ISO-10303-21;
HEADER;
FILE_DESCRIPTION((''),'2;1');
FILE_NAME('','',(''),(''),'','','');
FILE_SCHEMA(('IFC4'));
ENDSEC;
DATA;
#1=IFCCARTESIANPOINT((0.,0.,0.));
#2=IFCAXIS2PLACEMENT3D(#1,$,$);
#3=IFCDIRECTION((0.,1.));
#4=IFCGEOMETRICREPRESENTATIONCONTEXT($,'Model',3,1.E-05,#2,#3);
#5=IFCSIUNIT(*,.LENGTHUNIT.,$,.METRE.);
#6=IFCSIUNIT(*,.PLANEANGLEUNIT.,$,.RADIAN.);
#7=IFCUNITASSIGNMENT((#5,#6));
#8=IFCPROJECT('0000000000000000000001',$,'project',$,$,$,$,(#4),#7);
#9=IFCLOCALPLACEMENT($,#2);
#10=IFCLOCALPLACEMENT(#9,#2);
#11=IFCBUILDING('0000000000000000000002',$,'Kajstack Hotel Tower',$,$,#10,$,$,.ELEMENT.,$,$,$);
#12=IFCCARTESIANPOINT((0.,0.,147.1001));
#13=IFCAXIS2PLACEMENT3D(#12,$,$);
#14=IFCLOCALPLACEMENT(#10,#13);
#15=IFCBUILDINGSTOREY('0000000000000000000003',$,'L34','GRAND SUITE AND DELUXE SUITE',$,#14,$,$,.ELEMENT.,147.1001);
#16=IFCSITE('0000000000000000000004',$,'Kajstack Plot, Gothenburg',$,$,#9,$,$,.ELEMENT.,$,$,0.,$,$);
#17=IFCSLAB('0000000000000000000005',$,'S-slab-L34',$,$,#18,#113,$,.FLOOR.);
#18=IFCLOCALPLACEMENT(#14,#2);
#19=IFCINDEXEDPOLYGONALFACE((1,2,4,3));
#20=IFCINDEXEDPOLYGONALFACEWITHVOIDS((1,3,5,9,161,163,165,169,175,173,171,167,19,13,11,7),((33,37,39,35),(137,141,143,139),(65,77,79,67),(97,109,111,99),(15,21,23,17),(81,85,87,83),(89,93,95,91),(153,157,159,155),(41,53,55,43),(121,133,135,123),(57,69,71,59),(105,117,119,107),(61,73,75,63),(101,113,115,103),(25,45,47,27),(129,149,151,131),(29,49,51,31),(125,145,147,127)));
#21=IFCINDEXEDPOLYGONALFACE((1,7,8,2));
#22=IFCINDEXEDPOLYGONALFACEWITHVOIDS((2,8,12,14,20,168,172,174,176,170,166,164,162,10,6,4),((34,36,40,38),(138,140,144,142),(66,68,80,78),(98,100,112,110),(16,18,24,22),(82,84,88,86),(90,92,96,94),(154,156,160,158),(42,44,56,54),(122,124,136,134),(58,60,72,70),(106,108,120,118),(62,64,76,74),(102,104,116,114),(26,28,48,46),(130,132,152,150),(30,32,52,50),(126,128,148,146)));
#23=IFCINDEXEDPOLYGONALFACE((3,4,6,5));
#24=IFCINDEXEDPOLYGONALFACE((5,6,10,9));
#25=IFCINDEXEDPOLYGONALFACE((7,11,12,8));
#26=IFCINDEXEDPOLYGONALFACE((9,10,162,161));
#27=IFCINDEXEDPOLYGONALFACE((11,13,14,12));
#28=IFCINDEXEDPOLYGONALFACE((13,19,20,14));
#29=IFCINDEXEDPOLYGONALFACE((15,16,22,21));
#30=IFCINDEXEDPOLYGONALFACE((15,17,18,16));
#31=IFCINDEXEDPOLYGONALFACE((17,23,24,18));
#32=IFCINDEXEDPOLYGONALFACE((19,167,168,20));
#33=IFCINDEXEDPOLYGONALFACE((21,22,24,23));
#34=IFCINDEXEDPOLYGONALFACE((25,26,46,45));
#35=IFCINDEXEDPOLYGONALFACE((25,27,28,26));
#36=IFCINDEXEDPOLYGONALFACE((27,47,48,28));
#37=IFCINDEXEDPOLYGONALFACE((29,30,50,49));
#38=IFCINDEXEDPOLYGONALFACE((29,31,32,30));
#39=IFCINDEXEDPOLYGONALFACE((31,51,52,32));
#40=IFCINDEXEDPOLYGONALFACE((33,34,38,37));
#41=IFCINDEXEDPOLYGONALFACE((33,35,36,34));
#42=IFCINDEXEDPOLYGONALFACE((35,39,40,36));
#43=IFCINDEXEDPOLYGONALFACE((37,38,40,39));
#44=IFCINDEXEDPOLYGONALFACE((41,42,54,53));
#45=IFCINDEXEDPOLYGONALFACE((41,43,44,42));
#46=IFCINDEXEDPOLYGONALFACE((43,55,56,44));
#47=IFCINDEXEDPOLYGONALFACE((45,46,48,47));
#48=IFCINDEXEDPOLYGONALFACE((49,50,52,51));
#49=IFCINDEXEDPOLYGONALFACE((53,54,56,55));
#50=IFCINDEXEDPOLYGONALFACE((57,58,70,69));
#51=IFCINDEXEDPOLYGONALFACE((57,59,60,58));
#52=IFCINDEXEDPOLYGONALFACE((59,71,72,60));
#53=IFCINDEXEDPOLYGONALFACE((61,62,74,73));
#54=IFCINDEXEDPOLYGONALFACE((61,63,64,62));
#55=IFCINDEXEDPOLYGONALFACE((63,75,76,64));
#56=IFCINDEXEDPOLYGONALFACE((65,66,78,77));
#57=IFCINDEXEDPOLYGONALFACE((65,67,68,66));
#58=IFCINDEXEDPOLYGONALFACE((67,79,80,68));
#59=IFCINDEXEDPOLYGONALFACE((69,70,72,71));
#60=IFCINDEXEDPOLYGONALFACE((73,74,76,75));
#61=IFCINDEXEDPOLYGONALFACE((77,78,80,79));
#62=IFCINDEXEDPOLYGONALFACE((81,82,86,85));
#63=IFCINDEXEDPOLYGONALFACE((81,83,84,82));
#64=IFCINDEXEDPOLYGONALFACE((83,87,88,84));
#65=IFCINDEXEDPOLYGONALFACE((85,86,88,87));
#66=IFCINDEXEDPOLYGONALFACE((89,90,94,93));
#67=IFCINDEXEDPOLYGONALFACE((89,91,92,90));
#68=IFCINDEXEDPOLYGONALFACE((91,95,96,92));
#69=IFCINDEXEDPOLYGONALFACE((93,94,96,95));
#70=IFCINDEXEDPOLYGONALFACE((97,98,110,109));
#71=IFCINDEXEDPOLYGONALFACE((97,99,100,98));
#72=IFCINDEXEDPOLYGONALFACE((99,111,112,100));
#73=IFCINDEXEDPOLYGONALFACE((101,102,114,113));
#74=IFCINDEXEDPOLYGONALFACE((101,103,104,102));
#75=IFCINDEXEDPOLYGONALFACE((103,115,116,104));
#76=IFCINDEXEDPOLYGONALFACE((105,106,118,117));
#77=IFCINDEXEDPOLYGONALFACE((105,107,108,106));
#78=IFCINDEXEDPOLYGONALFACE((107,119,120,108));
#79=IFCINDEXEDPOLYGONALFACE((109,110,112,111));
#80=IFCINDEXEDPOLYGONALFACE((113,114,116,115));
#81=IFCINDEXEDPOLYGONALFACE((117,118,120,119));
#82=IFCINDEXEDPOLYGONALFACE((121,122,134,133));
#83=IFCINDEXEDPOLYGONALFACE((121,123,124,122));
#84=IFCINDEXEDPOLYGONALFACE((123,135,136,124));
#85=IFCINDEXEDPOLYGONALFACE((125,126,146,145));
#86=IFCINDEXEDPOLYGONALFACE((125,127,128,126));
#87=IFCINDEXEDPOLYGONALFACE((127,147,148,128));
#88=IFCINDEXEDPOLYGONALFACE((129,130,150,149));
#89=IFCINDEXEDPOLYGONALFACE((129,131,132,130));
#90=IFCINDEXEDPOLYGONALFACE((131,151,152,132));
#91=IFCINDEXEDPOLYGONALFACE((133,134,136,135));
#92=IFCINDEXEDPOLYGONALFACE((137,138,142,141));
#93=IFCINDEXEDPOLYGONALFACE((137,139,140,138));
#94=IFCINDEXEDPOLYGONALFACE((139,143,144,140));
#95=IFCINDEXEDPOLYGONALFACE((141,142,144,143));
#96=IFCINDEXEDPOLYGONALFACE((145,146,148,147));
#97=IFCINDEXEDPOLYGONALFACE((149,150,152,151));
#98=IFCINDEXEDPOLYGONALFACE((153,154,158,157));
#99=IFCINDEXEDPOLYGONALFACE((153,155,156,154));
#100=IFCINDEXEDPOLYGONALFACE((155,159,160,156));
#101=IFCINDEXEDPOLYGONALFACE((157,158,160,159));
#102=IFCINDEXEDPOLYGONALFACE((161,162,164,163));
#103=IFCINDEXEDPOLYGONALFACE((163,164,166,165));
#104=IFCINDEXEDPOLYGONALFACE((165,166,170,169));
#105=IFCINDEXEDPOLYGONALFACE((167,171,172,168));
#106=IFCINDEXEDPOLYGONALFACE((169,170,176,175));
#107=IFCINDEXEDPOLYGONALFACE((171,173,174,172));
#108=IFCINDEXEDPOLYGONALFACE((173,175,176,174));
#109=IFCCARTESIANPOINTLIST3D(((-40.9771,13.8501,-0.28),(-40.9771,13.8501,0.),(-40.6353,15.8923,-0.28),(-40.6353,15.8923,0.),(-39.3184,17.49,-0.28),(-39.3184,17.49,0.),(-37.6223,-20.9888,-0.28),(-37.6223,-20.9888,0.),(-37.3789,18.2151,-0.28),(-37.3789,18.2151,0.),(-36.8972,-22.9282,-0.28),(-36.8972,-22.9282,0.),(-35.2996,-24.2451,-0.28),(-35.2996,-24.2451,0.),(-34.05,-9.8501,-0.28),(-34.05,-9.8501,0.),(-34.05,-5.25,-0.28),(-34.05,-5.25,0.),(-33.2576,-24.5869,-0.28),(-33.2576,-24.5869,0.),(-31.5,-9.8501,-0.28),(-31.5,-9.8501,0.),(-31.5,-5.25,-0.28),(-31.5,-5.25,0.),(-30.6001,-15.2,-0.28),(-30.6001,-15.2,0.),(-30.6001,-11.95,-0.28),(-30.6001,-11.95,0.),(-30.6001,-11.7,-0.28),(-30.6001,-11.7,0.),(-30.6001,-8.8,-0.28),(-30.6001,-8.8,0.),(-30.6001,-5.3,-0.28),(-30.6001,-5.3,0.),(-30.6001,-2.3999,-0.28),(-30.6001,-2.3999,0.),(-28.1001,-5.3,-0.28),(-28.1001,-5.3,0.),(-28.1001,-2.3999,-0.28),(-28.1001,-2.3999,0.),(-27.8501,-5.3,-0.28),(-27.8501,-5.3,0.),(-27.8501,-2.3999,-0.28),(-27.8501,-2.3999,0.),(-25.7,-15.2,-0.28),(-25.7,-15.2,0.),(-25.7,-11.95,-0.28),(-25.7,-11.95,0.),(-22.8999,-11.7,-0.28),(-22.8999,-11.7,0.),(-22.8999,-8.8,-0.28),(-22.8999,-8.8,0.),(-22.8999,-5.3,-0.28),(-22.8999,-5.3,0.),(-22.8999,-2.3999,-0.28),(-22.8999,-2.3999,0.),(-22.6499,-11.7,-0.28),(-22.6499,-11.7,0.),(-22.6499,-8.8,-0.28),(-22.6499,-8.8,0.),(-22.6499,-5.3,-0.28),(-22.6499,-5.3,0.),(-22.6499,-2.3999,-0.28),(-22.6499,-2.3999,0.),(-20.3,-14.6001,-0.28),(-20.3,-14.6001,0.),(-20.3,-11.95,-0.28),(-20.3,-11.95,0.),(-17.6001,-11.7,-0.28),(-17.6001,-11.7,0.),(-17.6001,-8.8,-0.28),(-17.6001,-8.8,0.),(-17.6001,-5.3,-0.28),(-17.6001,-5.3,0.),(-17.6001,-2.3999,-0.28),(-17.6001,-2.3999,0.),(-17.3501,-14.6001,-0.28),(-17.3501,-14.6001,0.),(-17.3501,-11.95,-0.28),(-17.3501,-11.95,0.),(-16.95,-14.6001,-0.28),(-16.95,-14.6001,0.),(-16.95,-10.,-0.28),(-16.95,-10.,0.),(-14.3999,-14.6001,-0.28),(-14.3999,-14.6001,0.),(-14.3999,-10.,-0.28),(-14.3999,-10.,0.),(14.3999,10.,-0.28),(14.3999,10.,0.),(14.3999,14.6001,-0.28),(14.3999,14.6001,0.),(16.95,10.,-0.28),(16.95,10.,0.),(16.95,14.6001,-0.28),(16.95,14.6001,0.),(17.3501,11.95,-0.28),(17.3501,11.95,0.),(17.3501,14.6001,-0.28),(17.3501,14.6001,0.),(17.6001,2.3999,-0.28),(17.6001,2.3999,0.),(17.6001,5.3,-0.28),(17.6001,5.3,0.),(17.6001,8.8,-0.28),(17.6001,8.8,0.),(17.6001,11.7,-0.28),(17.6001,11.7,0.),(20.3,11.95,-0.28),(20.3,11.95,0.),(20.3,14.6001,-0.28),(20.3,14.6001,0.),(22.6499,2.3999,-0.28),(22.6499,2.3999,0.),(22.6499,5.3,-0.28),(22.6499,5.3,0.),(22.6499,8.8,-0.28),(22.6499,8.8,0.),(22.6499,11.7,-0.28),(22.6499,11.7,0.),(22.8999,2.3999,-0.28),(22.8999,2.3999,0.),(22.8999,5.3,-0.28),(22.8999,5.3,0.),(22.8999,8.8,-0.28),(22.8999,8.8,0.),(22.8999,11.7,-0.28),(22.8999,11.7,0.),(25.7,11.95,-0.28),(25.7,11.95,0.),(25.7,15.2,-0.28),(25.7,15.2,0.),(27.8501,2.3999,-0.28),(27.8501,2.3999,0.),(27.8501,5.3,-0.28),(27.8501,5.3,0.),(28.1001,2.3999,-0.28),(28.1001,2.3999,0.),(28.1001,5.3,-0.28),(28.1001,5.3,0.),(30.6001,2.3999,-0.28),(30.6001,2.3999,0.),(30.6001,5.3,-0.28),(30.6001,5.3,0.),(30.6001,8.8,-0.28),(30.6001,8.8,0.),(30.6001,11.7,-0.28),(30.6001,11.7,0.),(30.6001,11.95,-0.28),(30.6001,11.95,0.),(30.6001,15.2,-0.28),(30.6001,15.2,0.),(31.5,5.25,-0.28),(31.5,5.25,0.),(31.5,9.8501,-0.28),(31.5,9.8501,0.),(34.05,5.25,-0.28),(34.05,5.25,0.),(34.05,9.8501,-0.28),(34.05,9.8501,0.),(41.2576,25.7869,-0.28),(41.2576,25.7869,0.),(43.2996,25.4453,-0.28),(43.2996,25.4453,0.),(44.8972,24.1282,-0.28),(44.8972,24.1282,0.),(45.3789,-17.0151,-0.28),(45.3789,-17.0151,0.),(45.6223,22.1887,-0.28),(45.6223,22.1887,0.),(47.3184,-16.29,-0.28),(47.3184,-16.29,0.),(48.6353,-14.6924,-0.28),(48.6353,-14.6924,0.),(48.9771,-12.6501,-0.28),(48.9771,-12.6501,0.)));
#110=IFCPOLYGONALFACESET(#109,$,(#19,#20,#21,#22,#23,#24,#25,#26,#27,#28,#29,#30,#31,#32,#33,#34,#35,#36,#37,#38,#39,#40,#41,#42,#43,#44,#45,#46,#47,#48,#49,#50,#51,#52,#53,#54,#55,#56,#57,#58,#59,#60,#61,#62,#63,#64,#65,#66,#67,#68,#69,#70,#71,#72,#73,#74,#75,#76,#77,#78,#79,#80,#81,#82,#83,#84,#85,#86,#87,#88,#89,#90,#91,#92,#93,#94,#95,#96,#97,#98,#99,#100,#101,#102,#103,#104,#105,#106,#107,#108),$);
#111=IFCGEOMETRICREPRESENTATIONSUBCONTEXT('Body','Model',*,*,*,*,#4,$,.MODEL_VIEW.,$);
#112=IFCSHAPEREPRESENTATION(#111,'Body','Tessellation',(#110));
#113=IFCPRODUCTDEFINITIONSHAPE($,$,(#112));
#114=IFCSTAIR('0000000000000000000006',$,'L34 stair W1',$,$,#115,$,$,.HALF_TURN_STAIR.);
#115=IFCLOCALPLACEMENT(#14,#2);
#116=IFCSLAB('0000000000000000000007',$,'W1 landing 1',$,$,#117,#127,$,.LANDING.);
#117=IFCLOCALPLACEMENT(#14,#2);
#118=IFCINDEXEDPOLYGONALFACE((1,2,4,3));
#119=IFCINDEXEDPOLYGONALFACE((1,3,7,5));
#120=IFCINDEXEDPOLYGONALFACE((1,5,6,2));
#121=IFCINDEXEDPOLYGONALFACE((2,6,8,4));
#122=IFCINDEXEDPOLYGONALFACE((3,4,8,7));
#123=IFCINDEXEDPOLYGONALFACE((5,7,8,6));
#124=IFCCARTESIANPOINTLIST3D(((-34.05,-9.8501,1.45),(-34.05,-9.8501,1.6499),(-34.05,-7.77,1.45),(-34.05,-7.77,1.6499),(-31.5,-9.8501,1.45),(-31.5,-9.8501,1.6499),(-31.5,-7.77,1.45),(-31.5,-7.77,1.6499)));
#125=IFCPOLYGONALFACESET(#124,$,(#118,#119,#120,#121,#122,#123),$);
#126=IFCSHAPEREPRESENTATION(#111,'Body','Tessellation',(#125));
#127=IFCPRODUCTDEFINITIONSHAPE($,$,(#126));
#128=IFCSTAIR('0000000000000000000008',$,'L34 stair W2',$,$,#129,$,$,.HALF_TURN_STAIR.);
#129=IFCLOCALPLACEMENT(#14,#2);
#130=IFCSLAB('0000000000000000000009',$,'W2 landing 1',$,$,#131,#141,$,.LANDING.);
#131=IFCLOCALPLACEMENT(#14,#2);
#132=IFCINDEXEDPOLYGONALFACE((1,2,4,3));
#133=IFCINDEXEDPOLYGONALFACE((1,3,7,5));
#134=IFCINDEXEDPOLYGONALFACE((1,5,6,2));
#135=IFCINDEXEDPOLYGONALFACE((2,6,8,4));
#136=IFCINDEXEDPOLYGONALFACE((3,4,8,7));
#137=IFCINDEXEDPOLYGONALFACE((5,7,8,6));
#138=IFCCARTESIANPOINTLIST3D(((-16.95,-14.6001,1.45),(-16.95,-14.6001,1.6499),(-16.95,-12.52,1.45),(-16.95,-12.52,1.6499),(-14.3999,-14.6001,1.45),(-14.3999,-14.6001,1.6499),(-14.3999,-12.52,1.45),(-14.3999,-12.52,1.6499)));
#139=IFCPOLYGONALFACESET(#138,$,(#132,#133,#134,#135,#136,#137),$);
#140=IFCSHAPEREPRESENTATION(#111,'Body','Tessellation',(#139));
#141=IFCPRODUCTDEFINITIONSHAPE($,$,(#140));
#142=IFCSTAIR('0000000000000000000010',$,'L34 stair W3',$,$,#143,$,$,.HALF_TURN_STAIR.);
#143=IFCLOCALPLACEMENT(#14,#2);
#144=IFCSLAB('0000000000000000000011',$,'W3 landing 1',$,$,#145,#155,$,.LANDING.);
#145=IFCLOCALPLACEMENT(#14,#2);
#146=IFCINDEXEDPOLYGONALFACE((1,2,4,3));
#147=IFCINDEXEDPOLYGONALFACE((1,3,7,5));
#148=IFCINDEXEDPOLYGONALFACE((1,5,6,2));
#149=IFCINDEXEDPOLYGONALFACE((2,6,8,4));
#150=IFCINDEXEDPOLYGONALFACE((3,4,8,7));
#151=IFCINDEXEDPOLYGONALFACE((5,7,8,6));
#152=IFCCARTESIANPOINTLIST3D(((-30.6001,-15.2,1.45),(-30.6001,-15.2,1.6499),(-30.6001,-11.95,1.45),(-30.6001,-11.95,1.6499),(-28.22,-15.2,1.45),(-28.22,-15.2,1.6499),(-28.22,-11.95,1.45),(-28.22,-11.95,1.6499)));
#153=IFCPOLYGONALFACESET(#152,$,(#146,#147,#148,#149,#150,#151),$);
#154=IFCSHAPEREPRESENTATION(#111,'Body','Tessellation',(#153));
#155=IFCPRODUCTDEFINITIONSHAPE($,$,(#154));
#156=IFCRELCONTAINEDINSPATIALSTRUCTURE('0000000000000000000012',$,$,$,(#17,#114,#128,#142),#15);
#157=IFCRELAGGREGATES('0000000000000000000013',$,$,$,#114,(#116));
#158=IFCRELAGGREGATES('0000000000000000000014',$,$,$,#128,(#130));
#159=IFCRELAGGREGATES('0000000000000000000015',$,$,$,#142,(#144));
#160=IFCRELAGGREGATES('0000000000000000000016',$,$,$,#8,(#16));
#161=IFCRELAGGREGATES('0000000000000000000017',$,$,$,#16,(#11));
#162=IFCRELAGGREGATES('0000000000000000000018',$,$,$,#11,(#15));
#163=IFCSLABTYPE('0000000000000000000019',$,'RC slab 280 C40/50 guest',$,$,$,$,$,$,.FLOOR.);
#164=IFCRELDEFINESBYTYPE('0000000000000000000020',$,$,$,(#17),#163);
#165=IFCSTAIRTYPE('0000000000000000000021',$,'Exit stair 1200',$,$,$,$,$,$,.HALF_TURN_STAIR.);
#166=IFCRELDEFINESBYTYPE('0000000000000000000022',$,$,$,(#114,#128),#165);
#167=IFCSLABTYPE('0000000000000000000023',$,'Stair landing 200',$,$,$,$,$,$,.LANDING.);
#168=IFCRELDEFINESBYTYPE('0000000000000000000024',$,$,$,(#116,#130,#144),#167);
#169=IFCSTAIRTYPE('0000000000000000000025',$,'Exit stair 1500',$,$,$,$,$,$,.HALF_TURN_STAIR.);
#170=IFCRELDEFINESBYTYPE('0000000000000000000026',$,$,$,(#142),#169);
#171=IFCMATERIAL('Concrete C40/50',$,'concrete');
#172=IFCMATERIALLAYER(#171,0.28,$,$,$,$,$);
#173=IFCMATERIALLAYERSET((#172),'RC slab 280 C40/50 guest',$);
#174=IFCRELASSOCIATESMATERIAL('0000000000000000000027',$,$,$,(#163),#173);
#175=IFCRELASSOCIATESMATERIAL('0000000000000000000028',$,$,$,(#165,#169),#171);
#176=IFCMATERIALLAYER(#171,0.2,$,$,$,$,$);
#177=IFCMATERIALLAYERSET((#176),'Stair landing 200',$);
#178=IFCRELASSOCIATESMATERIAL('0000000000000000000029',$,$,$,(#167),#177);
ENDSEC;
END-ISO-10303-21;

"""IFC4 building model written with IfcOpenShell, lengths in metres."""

from ifc_helpers import new_model, si_unit, direction, frame, origin, place, context, subcontext, project, spatial, polyline, outline, extrude, material, layer, layer_set, type_object, element, aggregate, save


model = new_model("IFC4")

# Units and contexts
model_context = context("Model", 3, precision=1e-05, world=origin(), true_north=direction((0.0, 1.0)))
body_context = subcontext(model_context, "Body", "Model", "MODEL_VIEW")
ifc_project = project(units=[si_unit("LENGTHUNIT", "METRE"), si_unit("PLANEANGLEUNIT", "RADIAN")], contexts=[model_context])

# Site, building, storey
site_placement = place(None, origin())
site = spatial("IfcSite", under=ifc_project, at=site_placement, Name="Kajstack Plot, Gothenburg", CompositionType="ELEMENT", RefElevation=0.0)
building_placement = place(site_placement, origin())
building = spatial("IfcBuilding", under=site, at=building_placement, Name="Kajstack Hotel Tower", CompositionType="ELEMENT")
storey_placement = place(building_placement, frame((0.0, 0.0, 147.1001)))
storey = spatial("IfcBuildingStorey", under=building, at=storey_placement, Name="L34", Description="GRAND SUITE AND DELUXE SUITE", CompositionType="ELEMENT", Elevation=147.1001)

# Slab
ifc_material_1 = material(Name="Concrete C40/50", Category="concrete")
ifc_layer_1 = layer(ifc_material_1, 0.28)
ifc_layer_set_1 = layer_set([ifc_layer_1], Name="RC slab 280 C40/50 guest")
slab_type_1 = type_object("IfcSlabType", Name="RC slab 280 C40/50 guest", PredefinedType="FLOOR", material=ifc_layer_set_1)
slab_1_placement = place(storey_placement, frame((0.0, 0.0, -0.28)))
element("IfcSlab", 1, at=slab_1_placement, inside=storey, type_object=slab_type_1, Name="S-slab-L34", PredefinedType="FLOOR", context=body_context, shape_type="SweptSolid", body=[
    extrude(outline(polyline([(-40.9771, 13.8501), (-37.6223, -20.9888), (-36.8972, -22.9282), (-35.2996, -24.2451), (-33.2576, -24.5869), (45.3789, -17.0151), (47.3184, -16.29), (48.6353, -14.6924), (48.9771, -12.6501), (45.6223, 22.1887), (44.8972, 24.1282), (43.2996, 25.4453), (41.2576, 25.7869), (-37.3789, 18.2151), (-39.3184, 17.49), (-40.6353, 15.8923), (-40.9771, 13.8501)]), holes=[polyline([(-30.6001, -11.7), (-30.6001, -8.8), (-22.8999, -8.8), (-22.8999, -11.7), (-30.6001, -11.7)]), polyline([(-22.6499, -11.7), (-22.6499, -8.8), (-17.6001, -8.8), (-17.6001, -11.7), (-22.6499, -11.7)]), polyline([(-27.8501, -5.3), (-27.8501, -2.3999), (-22.8999, -2.3999), (-22.8999, -5.3), (-27.8501, -5.3)]), polyline([(-22.6499, -5.3), (-22.6499, -2.3999), (-17.6001, -2.3999), (-17.6001, -5.3), (-22.6499, -5.3)]), polyline([(-20.3, -14.6001), (-17.3501, -14.6001), (-17.3501, -11.95), (-20.3, -11.95), (-20.3, -14.6001)]), polyline([(-30.6001, -5.3), (-28.1001, -5.3), (-28.1001, -2.3999), (-30.6001, -2.3999), (-30.6001, -5.3)]), polyline([(22.8999, 8.8), (22.8999, 11.7), (30.6001, 11.7), (30.6001, 8.8), (22.8999, 8.8)]), polyline([(17.6001, 8.8), (17.6001, 11.7), (22.6499, 11.7), (22.6499, 8.8), (17.6001, 8.8)]), polyline([(22.8999, 2.3999), (22.8999, 5.3), (27.8501, 5.3), (27.8501, 2.3999), (22.8999, 2.3999)]), polyline([(17.6001, 2.3999), (17.6001, 5.3), (22.6499, 5.3), (22.6499, 2.3999), (17.6001, 2.3999)]), polyline([(20.3, 14.6001), (17.3501, 14.6001), (17.3501, 11.95), (20.3, 11.95), (20.3, 14.6001)]), polyline([(30.6001, 5.3), (28.1001, 5.3), (28.1001, 2.3999), (30.6001, 2.3999), (30.6001, 5.3)]), polyline([(-34.05, -9.8501), (-31.5, -9.8501), (-31.5, -5.25), (-34.05, -5.25), (-34.05, -9.8501)]), polyline([(-16.95, -14.6001), (-14.3999, -14.6001), (-14.3999, -10.0), (-16.95, -10.0), (-16.95, -14.6001)]), polyline([(-30.6001, -15.2), (-25.7, -15.2), (-25.7, -11.95), (-30.6001, -11.95), (-30.6001, -15.2)]), polyline([(34.05, 9.8501), (31.5, 9.8501), (31.5, 5.25), (34.05, 5.25), (34.05, 9.8501)]), polyline([(16.95, 14.6001), (14.3999, 14.6001), (14.3999, 10.0), (16.95, 10.0), (16.95, 14.6001)]), polyline([(30.6001, 15.2), (25.7, 15.2), (25.7, 11.95), (30.6001, 11.95), (30.6001, 15.2)])]), origin(), (0.0, 0.0, 1.0), 0.28),
])

# Stairs, slabs
stair_type_1 = type_object("IfcStairType", Name="Exit stair 1200", PredefinedType="HALF_TURN_STAIR", material=ifc_material_1)
stair_1_placement = place(storey_placement, origin())
stair_1 = element("IfcStair", 2, at=stair_1_placement, inside=storey, type_object=stair_type_1, Name="L34 stair W1", PredefinedType="HALF_TURN_STAIR")
ifc_layer_2 = layer(ifc_material_1, 0.2)
ifc_layer_set_2 = layer_set([ifc_layer_2], Name="Stair landing 200")
slab_type_2 = type_object("IfcSlabType", Name="Stair landing 200", PredefinedType="LANDING", material=ifc_layer_set_2)
slab_2_placement = place(storey_placement, frame((0.0, 0.0, 1.45)))
slab_2 = element("IfcSlab", 3, at=slab_2_placement, type_object=slab_type_2, Name="W1 landing 1", PredefinedType="LANDING", context=body_context, shape_type="SweptSolid", body=[
    extrude(outline(polyline([(-34.05, -7.77), (-34.05, -9.8501), (-31.5, -9.8501), (-31.5, -7.77), (-34.05, -7.77)])), origin(), (0.0, 0.0, 1.0), 0.2),
])
aggregate(stair_1, [slab_2])
stair_2_placement = place(storey_placement, origin())
stair_2 = element("IfcStair", 4, at=stair_2_placement, inside=storey, type_object=stair_type_1, Name="L34 stair W2", PredefinedType="HALF_TURN_STAIR")
slab_3_placement = place(storey_placement, frame((0.0, 0.0, 1.45)))
slab_3 = element("IfcSlab", 5, at=slab_3_placement, type_object=slab_type_2, Name="W2 landing 1", PredefinedType="LANDING", context=body_context, shape_type="SweptSolid", body=[
    extrude(outline(polyline([(-16.95, -12.52), (-16.95, -14.6001), (-14.3999, -14.6001), (-14.3999, -12.52), (-16.95, -12.52)])), origin(), (0.0, 0.0, 1.0), 0.2),
])
aggregate(stair_2, [slab_3])
stair_type_2 = type_object("IfcStairType", Name="Exit stair 1500", PredefinedType="HALF_TURN_STAIR", material=ifc_material_1)
stair_3_placement = place(storey_placement, origin())
stair_3 = element("IfcStair", 6, at=stair_3_placement, inside=storey, type_object=stair_type_2, Name="L34 stair W3", PredefinedType="HALF_TURN_STAIR")
slab_4_placement = place(storey_placement, frame((0.0, 0.0, 1.45)))
slab_4 = element("IfcSlab", 7, at=slab_4_placement, type_object=slab_type_2, Name="W3 landing 1", PredefinedType="LANDING", context=body_context, shape_type="SweptSolid", body=[
    extrude(outline(polyline([(-28.22, -11.95), (-30.6001, -11.95), (-30.6001, -15.2), (-28.22, -15.2), (-28.22, -11.95)])), origin(), (0.0, 0.0, 1.0), 0.2),
])
aggregate(stair_3, [slab_4])

save(model, "model.ifc")
